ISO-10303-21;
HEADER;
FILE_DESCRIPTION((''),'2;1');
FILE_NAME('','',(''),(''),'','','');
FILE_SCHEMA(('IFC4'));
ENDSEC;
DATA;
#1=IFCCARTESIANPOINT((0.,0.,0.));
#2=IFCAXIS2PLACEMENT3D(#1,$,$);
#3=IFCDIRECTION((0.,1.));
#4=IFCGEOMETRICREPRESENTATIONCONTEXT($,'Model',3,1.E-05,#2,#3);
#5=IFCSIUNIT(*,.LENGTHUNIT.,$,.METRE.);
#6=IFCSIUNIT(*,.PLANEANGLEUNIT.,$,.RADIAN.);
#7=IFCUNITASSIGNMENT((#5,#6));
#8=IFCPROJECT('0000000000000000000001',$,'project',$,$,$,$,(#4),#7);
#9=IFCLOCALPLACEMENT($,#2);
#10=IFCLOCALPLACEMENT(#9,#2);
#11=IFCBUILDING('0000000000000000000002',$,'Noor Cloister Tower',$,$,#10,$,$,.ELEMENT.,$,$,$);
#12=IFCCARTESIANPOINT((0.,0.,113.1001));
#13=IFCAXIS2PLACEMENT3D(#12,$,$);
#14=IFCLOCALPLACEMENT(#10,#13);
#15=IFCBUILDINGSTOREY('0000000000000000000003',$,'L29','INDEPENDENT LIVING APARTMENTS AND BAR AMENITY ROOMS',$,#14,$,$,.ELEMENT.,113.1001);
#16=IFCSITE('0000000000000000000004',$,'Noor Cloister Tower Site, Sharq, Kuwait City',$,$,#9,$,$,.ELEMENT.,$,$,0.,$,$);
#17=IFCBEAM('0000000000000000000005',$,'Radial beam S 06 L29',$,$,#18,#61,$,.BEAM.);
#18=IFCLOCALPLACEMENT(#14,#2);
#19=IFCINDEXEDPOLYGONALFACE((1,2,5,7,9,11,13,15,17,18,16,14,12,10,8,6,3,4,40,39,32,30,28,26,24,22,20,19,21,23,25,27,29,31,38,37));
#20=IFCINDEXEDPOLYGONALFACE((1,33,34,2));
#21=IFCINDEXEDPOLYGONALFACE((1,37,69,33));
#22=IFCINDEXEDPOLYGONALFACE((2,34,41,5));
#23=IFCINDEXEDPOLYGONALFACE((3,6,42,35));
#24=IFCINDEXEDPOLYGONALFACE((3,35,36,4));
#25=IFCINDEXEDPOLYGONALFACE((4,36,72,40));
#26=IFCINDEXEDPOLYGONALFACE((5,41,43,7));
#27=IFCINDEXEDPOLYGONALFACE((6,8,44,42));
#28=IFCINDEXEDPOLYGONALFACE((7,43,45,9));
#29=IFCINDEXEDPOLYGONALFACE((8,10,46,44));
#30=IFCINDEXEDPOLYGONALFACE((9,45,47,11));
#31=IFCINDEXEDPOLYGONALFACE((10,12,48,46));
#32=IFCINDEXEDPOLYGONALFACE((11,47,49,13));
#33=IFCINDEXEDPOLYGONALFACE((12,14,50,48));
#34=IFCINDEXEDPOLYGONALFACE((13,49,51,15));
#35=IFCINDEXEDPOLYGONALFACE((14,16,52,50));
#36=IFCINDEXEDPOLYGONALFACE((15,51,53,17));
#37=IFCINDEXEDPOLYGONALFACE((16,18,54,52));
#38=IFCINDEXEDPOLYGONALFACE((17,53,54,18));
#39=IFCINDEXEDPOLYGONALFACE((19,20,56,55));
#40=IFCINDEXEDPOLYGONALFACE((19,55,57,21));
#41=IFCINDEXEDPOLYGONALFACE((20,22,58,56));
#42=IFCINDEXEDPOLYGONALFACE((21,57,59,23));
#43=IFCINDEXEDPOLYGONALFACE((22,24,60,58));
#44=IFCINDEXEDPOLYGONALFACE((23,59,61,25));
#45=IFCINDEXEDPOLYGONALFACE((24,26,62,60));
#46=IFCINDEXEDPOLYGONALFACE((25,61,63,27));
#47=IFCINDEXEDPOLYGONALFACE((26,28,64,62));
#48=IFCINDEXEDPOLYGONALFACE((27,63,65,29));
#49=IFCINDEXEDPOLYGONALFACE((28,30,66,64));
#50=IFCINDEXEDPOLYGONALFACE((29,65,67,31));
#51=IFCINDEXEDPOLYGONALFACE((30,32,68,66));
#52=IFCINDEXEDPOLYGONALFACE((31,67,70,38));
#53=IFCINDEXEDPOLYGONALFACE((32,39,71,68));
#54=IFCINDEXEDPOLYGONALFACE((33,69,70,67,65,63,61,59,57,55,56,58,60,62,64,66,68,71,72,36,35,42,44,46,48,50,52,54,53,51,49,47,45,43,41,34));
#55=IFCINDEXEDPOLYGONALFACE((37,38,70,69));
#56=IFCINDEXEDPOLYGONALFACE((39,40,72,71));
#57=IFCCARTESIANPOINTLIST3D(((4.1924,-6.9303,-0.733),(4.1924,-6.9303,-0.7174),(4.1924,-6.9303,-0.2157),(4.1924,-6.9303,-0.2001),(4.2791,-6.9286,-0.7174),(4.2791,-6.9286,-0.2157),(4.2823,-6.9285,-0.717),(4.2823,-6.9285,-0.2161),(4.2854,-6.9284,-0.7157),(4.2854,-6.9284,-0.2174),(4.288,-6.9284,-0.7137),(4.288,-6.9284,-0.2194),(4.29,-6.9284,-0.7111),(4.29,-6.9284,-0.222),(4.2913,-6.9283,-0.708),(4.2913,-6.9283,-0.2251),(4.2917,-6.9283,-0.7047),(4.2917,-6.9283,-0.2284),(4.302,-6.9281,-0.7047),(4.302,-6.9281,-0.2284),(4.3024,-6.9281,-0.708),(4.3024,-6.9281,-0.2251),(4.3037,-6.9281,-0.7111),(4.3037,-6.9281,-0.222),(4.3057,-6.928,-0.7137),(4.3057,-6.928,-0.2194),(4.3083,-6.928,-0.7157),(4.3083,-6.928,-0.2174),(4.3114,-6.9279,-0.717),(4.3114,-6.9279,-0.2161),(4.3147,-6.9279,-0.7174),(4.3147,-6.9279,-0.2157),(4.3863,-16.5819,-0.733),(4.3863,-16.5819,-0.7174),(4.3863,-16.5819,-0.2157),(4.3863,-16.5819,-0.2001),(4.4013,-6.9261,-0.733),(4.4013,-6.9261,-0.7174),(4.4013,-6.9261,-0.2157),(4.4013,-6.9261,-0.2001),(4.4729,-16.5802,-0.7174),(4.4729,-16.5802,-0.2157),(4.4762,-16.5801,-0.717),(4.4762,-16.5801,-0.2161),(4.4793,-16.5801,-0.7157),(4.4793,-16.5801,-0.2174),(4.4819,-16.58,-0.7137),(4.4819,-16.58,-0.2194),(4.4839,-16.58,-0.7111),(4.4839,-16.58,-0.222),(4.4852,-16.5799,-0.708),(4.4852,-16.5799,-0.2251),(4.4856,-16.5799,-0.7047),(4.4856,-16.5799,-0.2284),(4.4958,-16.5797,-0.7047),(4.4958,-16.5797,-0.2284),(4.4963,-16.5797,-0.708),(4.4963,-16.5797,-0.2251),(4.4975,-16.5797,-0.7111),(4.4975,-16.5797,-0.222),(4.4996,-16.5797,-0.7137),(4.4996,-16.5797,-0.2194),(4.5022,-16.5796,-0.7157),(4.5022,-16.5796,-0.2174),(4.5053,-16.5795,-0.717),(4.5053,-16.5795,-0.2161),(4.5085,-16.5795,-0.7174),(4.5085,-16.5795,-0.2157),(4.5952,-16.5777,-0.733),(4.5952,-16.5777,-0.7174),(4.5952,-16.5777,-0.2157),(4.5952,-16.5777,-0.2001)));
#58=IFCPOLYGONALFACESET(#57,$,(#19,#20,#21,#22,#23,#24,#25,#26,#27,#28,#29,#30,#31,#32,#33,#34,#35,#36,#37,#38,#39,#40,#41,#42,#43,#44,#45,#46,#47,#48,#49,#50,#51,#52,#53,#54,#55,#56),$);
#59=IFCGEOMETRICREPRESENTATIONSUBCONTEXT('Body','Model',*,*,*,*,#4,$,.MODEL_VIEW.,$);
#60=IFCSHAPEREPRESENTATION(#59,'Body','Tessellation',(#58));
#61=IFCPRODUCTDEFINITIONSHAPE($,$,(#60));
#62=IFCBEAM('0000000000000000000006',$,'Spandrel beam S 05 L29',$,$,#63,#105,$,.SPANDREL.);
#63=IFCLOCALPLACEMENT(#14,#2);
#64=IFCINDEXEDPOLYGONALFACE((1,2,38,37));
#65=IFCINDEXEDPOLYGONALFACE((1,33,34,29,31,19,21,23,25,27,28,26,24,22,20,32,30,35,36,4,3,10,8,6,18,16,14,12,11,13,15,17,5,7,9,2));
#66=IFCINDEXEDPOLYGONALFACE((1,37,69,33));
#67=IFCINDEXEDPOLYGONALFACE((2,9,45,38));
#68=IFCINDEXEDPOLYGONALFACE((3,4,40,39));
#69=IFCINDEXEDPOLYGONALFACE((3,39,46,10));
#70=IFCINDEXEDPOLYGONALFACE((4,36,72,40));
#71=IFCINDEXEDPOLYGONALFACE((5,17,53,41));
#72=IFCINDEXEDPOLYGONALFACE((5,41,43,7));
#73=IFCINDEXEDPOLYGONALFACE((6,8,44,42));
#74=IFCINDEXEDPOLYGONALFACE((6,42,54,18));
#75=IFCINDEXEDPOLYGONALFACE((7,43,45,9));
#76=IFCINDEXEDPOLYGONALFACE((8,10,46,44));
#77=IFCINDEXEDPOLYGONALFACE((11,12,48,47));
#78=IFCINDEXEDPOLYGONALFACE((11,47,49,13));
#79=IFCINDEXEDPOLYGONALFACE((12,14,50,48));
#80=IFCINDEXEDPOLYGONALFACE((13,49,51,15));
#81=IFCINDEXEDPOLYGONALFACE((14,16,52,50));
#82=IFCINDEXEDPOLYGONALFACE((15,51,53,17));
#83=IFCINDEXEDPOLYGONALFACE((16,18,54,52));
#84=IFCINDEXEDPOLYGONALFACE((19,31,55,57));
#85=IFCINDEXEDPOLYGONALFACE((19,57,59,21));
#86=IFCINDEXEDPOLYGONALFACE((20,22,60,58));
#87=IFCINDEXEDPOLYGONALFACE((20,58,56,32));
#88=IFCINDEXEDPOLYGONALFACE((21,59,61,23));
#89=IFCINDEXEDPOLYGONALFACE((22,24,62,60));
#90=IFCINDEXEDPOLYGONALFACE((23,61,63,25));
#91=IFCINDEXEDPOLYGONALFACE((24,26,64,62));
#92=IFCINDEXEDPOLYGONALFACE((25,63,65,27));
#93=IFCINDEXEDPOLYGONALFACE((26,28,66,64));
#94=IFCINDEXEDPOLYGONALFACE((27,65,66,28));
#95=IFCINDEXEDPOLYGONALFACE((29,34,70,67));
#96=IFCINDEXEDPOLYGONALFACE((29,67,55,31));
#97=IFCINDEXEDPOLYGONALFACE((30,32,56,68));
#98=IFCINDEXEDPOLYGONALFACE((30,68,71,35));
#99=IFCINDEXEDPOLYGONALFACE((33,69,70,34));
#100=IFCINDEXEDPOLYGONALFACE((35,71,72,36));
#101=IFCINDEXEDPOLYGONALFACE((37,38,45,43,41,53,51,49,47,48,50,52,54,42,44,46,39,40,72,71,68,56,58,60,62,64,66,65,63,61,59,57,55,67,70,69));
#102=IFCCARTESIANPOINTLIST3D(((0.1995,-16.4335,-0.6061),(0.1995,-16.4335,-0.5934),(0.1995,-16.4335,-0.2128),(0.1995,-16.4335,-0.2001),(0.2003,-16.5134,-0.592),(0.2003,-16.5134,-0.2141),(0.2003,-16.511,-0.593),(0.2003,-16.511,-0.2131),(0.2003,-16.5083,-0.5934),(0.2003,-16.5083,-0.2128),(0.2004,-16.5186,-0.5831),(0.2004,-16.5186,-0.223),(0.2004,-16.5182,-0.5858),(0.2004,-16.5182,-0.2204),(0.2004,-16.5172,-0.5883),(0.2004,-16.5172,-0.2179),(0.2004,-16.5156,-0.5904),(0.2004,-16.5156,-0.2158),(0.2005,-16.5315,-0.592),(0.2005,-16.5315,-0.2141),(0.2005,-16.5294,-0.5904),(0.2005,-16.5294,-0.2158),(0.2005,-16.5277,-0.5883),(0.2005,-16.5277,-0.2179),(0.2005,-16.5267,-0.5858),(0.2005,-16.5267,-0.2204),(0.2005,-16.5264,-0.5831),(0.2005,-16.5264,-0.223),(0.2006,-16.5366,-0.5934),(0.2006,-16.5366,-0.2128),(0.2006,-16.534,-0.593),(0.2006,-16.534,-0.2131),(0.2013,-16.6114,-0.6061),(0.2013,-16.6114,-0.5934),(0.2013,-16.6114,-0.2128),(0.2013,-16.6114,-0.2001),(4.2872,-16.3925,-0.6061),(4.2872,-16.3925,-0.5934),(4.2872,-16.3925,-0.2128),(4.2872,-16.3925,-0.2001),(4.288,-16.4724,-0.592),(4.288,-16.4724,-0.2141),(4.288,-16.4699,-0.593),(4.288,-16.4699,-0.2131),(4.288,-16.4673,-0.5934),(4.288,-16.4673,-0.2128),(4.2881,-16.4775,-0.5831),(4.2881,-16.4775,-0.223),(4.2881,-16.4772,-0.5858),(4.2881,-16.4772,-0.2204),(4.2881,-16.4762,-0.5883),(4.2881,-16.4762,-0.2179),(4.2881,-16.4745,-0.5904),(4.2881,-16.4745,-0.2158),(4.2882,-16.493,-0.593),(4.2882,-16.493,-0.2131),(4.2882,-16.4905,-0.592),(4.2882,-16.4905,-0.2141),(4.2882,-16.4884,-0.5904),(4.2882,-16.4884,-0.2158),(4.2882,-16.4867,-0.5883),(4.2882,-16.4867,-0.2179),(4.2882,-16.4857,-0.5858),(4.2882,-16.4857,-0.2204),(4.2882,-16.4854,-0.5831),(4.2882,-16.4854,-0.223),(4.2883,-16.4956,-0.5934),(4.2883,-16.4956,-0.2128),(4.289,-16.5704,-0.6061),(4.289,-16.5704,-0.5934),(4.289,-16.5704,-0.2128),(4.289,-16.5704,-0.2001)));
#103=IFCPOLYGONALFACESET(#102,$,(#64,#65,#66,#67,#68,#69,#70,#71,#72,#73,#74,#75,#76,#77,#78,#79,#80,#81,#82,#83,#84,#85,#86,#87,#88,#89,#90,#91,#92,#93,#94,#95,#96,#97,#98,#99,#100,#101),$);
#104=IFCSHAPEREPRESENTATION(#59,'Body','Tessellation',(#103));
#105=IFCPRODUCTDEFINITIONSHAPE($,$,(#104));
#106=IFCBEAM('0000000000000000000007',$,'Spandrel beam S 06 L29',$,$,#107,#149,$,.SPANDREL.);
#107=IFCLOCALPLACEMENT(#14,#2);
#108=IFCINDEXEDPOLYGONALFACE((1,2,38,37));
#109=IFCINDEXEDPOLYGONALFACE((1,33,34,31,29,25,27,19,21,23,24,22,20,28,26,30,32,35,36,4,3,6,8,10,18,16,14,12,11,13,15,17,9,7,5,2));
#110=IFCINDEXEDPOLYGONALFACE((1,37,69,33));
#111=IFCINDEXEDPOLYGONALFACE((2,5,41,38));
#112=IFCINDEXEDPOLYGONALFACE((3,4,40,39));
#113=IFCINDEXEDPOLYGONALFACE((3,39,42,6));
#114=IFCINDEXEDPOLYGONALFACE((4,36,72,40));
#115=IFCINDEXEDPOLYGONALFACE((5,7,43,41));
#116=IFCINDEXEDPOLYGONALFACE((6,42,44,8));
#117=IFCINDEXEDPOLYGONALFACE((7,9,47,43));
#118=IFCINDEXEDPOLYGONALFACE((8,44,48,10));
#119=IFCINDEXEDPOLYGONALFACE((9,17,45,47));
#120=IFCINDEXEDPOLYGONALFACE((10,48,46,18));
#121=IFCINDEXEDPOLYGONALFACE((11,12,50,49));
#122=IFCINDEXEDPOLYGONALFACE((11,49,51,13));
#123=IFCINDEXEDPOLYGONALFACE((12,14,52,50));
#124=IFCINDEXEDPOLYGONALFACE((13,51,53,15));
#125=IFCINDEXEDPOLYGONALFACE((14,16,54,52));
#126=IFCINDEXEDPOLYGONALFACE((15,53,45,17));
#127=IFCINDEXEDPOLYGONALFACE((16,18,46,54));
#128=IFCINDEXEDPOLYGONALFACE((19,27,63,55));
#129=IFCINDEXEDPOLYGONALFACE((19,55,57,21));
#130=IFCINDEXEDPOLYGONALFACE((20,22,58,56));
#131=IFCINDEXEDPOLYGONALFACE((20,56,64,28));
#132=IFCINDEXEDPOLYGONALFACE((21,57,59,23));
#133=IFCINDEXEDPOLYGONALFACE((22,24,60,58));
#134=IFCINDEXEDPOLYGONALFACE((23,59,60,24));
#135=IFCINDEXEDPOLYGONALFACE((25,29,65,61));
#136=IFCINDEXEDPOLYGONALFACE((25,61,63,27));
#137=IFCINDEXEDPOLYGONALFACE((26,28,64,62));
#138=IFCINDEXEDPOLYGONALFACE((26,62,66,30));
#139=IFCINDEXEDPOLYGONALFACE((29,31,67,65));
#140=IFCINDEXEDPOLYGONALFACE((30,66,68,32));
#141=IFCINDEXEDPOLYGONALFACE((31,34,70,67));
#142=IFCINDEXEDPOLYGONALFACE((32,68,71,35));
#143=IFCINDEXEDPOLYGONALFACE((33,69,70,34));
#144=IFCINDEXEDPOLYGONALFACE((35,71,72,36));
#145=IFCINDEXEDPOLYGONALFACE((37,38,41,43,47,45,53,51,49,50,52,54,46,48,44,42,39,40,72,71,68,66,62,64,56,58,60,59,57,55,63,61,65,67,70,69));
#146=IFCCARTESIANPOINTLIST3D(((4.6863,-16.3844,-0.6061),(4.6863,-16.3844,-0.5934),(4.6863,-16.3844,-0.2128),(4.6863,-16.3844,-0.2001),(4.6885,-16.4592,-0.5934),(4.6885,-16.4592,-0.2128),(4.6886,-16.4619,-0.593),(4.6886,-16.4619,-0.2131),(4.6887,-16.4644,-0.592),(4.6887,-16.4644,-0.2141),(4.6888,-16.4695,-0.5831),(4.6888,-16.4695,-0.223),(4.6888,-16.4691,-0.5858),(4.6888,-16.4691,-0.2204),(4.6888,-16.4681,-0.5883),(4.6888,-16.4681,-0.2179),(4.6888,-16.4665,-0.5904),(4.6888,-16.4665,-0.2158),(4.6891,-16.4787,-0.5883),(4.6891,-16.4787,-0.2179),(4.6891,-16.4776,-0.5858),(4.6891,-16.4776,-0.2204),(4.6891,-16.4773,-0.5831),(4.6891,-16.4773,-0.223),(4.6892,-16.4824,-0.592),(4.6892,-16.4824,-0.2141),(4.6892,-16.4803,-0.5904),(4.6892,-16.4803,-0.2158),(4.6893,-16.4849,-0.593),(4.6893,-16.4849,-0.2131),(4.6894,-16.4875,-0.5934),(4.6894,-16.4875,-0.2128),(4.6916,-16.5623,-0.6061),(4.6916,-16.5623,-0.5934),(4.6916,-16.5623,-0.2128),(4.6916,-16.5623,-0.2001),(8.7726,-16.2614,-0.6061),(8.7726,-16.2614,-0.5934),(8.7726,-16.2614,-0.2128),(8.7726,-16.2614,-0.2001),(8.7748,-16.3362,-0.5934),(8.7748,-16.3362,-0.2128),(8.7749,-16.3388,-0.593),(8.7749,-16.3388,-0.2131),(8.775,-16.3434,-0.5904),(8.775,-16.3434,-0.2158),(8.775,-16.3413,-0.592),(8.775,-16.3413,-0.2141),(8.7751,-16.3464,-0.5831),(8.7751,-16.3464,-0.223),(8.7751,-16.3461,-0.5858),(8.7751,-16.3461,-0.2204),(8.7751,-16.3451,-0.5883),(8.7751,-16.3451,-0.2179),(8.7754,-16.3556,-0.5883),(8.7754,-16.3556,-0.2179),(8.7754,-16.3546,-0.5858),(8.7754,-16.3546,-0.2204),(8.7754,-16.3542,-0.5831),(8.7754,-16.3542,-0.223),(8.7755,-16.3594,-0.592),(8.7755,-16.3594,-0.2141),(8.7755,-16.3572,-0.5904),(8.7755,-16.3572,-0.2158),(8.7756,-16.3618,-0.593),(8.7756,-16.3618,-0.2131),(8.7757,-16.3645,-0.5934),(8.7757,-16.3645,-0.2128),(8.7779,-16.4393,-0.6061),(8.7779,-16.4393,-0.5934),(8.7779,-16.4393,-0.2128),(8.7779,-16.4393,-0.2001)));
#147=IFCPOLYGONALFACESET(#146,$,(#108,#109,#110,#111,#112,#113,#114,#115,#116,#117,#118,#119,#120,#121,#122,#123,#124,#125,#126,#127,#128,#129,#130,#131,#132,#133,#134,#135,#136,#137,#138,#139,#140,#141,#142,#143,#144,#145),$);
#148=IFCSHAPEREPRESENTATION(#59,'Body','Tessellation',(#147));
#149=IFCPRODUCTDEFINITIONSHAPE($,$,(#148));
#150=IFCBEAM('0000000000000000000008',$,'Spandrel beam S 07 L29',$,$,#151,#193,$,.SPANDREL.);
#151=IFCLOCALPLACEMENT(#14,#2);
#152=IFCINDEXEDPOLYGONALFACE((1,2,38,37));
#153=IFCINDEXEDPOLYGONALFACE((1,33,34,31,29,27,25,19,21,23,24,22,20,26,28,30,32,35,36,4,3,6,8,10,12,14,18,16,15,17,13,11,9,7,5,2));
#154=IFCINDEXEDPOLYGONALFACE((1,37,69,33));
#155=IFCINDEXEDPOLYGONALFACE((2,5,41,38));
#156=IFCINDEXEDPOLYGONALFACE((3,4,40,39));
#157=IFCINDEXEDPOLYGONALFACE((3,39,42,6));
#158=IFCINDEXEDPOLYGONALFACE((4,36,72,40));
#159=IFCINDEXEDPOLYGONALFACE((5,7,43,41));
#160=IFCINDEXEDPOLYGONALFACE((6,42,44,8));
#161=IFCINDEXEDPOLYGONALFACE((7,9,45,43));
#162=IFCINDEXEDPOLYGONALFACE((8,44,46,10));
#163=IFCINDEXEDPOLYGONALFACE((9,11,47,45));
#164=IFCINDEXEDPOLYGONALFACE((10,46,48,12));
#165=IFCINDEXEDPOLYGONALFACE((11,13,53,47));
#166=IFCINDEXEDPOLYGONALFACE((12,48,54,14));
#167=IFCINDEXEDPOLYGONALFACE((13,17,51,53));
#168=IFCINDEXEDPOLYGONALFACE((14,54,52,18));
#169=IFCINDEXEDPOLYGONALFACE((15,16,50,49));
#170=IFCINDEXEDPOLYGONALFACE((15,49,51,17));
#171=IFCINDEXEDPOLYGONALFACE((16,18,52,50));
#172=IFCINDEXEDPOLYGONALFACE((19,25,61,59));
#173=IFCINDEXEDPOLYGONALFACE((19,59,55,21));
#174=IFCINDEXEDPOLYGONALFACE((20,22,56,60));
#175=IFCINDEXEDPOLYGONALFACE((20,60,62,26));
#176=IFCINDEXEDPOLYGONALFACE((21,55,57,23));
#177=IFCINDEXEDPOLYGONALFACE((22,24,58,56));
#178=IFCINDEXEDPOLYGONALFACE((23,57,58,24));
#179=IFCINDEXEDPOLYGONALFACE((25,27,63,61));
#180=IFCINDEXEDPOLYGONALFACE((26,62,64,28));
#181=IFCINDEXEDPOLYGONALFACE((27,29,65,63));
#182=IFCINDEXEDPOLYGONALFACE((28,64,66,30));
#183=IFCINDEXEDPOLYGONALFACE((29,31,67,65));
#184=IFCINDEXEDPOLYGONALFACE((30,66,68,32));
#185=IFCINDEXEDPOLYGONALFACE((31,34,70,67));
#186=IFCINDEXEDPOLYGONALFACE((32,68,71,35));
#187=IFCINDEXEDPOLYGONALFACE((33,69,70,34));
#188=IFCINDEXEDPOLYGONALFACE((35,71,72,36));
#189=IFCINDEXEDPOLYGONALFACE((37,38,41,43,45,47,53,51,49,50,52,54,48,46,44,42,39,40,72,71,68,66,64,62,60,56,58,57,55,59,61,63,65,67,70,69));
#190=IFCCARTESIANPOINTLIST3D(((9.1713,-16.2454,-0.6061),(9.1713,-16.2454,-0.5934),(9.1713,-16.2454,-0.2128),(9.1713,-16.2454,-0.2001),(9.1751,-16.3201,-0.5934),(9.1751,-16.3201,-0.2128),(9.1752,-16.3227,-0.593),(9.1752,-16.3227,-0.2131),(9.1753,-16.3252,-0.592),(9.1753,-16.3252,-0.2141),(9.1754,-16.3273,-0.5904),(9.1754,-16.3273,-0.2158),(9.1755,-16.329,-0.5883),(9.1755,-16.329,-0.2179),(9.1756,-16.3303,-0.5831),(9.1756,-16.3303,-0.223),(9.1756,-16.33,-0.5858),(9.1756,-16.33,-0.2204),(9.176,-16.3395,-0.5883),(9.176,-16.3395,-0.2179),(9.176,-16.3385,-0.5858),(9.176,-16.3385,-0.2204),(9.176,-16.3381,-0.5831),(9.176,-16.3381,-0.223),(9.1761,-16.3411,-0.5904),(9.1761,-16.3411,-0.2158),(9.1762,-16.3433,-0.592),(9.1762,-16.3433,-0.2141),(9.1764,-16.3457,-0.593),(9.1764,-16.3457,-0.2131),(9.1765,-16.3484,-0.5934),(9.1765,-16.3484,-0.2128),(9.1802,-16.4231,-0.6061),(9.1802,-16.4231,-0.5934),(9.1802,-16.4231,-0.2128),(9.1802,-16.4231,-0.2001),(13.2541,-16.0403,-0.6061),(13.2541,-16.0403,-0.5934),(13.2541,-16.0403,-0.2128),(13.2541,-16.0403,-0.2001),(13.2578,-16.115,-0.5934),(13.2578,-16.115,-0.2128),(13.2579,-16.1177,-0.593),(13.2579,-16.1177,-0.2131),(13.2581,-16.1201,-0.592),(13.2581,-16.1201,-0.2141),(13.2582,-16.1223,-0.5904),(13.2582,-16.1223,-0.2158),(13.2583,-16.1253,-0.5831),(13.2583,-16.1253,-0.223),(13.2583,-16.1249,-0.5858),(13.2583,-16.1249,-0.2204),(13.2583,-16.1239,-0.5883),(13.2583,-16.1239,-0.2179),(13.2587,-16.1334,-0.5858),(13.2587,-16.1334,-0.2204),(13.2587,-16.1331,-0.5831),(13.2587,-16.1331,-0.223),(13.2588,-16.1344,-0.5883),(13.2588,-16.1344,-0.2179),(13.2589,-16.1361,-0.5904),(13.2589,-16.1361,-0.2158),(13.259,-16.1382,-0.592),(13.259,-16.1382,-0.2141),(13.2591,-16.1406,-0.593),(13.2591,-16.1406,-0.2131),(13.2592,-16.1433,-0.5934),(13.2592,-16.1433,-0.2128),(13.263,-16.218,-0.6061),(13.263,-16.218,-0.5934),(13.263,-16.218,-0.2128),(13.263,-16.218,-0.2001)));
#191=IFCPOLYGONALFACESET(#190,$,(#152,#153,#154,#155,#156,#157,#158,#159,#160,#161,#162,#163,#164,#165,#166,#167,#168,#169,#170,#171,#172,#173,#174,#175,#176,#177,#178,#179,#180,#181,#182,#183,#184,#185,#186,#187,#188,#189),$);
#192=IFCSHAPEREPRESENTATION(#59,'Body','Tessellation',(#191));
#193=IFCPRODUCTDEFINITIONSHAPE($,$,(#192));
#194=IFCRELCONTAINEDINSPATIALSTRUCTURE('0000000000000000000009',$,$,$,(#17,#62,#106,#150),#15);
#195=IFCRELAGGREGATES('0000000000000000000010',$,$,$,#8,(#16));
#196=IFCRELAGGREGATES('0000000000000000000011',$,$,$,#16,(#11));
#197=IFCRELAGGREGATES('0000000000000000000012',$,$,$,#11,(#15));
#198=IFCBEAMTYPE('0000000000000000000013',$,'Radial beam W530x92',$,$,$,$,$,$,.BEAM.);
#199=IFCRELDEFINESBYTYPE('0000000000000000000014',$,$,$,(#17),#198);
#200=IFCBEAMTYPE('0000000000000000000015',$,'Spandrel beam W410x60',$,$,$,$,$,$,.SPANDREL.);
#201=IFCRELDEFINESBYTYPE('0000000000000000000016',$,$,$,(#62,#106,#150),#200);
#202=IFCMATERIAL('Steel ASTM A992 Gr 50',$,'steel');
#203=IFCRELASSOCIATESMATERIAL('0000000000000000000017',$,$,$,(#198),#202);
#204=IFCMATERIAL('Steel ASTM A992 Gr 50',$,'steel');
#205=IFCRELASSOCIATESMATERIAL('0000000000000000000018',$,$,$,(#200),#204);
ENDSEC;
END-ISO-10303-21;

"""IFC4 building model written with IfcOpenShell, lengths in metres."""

from ifc_helpers import new_model, si_unit, direction, frame, origin, origin_2d, place, context, subcontext, project, spatial, i_section, extrude, material, material_profile, profile_set, type_object, element, save


model = new_model("IFC4")

# Units and contexts
model_context = context("Model", 3, precision=1e-05, world=origin(), true_north=direction((0.0, 1.0)))
body_context = subcontext(model_context, "Body", "Model", "MODEL_VIEW")
ifc_project = project(units=[si_unit("LENGTHUNIT", "METRE"), si_unit("PLANEANGLEUNIT", "RADIAN")], contexts=[model_context])

# Site, building, storey
site_placement = place(None, origin())
site = spatial("IfcSite", under=ifc_project, at=site_placement, Name="Noor Cloister Tower Site, Sharq, Kuwait City", CompositionType="ELEMENT", RefElevation=0.0)
building_placement = place(site_placement, origin())
building = spatial("IfcBuilding", under=site, at=building_placement, Name="Noor Cloister Tower", CompositionType="ELEMENT")
storey_placement = place(building_placement, frame((0.0, 0.0, 113.1001)))
storey = spatial("IfcBuildingStorey", under=building, at=storey_placement, Name="L29", Description="INDEPENDENT LIVING APARTMENTS AND BAR AMENITY ROOMS", CompositionType="ELEMENT", Elevation=113.1001)

# Beams
ifc_material_1 = material(Name="Steel ASTM A992 Gr 50", Category="steel")
ifc_material_profile_1 = material_profile(ifc_material_1, i_section(OverallWidth=0.209, OverallDepth=0.533, WebThickness=0.0103, FlangeThickness=0.0156, FilletRadius=0.0127, at=origin_2d()), Name="W530x92")
ifc_profile_set_1 = profile_set([ifc_material_profile_1], Name="Steel ASTM A992 Gr 50")
beam_type_1 = type_object("IfcBeamType", Name="Radial beam W530x92", PredefinedType="BEAM", material=ifc_profile_set_1)
beam_1_placement = place(storey_placement, frame((4.4907, -16.5798, -0.4666), z_axis=(-0.02008, 0.999798, 0.0), x_axis=(-0.999798, -0.02008, 0.0)))
element("IfcBeam", 1, at=beam_1_placement, inside=storey, type_object=beam_type_1, Name="Radial beam S 06 L29", PredefinedType="BEAM", context=body_context, shape_type="SweptSolid", body=[
    extrude(i_section(OverallWidth=0.209, OverallDepth=0.533, WebThickness=0.0103, FlangeThickness=0.0156, FilletRadius=0.0127, at=origin_2d()), origin(), (0.0, 0.0, 1.0), 9.6536),
])
ifc_material_2 = material(Name="Steel ASTM A992 Gr 50", Category="steel")
ifc_material_profile_2 = material_profile(ifc_material_2, i_section(OverallWidth=0.178, OverallDepth=0.406, WebThickness=0.0078, FlangeThickness=0.0127, FilletRadius=0.0103, at=origin_2d()), Name="W410x60")
ifc_profile_set_2 = profile_set([ifc_material_profile_2], Name="Steel ASTM A992 Gr 50")
beam_type_2 = type_object("IfcBeamType", Name="Spandrel beam W410x60", PredefinedType="SPANDREL", material=ifc_profile_set_2)
beam_2_placement = place(storey_placement, frame((0.2004, -16.5225, -0.4031), z_axis=(0.99995, 0.010034, 0.0), x_axis=(-0.010034, 0.99995, 0.0)))
element("IfcBeam", 2, at=beam_2_placement, inside=storey, type_object=beam_type_2, Name="Spandrel beam S 05 L29", PredefinedType="SPANDREL", context=body_context, shape_type="SweptSolid", body=[
    extrude(i_section(OverallWidth=0.178, OverallDepth=0.406, WebThickness=0.0078, FlangeThickness=0.0127, FilletRadius=0.0103, at=origin_2d()), origin(), (0.0, 0.0, 1.0), 4.0879),
])
beam_3_placement = place(storey_placement, frame((4.689, -16.4734, -0.4031), z_axis=(0.999547, 0.030099, 0.0), x_axis=(-0.030099, 0.999547, 0.0)))
element("IfcBeam", 3, at=beam_3_placement, inside=storey, type_object=beam_type_2, Name="Spandrel beam S 06 L29", PredefinedType="SPANDREL", context=body_context, shape_type="SweptSolid", body=[
    extrude(i_section(OverallWidth=0.178, OverallDepth=0.406, WebThickness=0.0078, FlangeThickness=0.0127, FilletRadius=0.0103, at=origin_2d()), origin(), (0.0, 0.0, 1.0), 4.0881),
])
beam_4_placement = place(storey_placement, frame((9.1758, -16.3342, -0.4031), z_axis=(0.998741, 0.050167, 0.0), x_axis=(-0.050167, 0.998741, 0.0)))
element("IfcBeam", 4, at=beam_4_placement, inside=storey, type_object=beam_type_2, Name="Spandrel beam S 07 L29", PredefinedType="SPANDREL", context=body_context, shape_type="SweptSolid", body=[
    extrude(i_section(OverallWidth=0.178, OverallDepth=0.406, WebThickness=0.0078, FlangeThickness=0.0127, FilletRadius=0.0103, at=origin_2d()), origin(), (0.0, 0.0, 1.0), 4.0879),
])

save(model, "model.ifc")
